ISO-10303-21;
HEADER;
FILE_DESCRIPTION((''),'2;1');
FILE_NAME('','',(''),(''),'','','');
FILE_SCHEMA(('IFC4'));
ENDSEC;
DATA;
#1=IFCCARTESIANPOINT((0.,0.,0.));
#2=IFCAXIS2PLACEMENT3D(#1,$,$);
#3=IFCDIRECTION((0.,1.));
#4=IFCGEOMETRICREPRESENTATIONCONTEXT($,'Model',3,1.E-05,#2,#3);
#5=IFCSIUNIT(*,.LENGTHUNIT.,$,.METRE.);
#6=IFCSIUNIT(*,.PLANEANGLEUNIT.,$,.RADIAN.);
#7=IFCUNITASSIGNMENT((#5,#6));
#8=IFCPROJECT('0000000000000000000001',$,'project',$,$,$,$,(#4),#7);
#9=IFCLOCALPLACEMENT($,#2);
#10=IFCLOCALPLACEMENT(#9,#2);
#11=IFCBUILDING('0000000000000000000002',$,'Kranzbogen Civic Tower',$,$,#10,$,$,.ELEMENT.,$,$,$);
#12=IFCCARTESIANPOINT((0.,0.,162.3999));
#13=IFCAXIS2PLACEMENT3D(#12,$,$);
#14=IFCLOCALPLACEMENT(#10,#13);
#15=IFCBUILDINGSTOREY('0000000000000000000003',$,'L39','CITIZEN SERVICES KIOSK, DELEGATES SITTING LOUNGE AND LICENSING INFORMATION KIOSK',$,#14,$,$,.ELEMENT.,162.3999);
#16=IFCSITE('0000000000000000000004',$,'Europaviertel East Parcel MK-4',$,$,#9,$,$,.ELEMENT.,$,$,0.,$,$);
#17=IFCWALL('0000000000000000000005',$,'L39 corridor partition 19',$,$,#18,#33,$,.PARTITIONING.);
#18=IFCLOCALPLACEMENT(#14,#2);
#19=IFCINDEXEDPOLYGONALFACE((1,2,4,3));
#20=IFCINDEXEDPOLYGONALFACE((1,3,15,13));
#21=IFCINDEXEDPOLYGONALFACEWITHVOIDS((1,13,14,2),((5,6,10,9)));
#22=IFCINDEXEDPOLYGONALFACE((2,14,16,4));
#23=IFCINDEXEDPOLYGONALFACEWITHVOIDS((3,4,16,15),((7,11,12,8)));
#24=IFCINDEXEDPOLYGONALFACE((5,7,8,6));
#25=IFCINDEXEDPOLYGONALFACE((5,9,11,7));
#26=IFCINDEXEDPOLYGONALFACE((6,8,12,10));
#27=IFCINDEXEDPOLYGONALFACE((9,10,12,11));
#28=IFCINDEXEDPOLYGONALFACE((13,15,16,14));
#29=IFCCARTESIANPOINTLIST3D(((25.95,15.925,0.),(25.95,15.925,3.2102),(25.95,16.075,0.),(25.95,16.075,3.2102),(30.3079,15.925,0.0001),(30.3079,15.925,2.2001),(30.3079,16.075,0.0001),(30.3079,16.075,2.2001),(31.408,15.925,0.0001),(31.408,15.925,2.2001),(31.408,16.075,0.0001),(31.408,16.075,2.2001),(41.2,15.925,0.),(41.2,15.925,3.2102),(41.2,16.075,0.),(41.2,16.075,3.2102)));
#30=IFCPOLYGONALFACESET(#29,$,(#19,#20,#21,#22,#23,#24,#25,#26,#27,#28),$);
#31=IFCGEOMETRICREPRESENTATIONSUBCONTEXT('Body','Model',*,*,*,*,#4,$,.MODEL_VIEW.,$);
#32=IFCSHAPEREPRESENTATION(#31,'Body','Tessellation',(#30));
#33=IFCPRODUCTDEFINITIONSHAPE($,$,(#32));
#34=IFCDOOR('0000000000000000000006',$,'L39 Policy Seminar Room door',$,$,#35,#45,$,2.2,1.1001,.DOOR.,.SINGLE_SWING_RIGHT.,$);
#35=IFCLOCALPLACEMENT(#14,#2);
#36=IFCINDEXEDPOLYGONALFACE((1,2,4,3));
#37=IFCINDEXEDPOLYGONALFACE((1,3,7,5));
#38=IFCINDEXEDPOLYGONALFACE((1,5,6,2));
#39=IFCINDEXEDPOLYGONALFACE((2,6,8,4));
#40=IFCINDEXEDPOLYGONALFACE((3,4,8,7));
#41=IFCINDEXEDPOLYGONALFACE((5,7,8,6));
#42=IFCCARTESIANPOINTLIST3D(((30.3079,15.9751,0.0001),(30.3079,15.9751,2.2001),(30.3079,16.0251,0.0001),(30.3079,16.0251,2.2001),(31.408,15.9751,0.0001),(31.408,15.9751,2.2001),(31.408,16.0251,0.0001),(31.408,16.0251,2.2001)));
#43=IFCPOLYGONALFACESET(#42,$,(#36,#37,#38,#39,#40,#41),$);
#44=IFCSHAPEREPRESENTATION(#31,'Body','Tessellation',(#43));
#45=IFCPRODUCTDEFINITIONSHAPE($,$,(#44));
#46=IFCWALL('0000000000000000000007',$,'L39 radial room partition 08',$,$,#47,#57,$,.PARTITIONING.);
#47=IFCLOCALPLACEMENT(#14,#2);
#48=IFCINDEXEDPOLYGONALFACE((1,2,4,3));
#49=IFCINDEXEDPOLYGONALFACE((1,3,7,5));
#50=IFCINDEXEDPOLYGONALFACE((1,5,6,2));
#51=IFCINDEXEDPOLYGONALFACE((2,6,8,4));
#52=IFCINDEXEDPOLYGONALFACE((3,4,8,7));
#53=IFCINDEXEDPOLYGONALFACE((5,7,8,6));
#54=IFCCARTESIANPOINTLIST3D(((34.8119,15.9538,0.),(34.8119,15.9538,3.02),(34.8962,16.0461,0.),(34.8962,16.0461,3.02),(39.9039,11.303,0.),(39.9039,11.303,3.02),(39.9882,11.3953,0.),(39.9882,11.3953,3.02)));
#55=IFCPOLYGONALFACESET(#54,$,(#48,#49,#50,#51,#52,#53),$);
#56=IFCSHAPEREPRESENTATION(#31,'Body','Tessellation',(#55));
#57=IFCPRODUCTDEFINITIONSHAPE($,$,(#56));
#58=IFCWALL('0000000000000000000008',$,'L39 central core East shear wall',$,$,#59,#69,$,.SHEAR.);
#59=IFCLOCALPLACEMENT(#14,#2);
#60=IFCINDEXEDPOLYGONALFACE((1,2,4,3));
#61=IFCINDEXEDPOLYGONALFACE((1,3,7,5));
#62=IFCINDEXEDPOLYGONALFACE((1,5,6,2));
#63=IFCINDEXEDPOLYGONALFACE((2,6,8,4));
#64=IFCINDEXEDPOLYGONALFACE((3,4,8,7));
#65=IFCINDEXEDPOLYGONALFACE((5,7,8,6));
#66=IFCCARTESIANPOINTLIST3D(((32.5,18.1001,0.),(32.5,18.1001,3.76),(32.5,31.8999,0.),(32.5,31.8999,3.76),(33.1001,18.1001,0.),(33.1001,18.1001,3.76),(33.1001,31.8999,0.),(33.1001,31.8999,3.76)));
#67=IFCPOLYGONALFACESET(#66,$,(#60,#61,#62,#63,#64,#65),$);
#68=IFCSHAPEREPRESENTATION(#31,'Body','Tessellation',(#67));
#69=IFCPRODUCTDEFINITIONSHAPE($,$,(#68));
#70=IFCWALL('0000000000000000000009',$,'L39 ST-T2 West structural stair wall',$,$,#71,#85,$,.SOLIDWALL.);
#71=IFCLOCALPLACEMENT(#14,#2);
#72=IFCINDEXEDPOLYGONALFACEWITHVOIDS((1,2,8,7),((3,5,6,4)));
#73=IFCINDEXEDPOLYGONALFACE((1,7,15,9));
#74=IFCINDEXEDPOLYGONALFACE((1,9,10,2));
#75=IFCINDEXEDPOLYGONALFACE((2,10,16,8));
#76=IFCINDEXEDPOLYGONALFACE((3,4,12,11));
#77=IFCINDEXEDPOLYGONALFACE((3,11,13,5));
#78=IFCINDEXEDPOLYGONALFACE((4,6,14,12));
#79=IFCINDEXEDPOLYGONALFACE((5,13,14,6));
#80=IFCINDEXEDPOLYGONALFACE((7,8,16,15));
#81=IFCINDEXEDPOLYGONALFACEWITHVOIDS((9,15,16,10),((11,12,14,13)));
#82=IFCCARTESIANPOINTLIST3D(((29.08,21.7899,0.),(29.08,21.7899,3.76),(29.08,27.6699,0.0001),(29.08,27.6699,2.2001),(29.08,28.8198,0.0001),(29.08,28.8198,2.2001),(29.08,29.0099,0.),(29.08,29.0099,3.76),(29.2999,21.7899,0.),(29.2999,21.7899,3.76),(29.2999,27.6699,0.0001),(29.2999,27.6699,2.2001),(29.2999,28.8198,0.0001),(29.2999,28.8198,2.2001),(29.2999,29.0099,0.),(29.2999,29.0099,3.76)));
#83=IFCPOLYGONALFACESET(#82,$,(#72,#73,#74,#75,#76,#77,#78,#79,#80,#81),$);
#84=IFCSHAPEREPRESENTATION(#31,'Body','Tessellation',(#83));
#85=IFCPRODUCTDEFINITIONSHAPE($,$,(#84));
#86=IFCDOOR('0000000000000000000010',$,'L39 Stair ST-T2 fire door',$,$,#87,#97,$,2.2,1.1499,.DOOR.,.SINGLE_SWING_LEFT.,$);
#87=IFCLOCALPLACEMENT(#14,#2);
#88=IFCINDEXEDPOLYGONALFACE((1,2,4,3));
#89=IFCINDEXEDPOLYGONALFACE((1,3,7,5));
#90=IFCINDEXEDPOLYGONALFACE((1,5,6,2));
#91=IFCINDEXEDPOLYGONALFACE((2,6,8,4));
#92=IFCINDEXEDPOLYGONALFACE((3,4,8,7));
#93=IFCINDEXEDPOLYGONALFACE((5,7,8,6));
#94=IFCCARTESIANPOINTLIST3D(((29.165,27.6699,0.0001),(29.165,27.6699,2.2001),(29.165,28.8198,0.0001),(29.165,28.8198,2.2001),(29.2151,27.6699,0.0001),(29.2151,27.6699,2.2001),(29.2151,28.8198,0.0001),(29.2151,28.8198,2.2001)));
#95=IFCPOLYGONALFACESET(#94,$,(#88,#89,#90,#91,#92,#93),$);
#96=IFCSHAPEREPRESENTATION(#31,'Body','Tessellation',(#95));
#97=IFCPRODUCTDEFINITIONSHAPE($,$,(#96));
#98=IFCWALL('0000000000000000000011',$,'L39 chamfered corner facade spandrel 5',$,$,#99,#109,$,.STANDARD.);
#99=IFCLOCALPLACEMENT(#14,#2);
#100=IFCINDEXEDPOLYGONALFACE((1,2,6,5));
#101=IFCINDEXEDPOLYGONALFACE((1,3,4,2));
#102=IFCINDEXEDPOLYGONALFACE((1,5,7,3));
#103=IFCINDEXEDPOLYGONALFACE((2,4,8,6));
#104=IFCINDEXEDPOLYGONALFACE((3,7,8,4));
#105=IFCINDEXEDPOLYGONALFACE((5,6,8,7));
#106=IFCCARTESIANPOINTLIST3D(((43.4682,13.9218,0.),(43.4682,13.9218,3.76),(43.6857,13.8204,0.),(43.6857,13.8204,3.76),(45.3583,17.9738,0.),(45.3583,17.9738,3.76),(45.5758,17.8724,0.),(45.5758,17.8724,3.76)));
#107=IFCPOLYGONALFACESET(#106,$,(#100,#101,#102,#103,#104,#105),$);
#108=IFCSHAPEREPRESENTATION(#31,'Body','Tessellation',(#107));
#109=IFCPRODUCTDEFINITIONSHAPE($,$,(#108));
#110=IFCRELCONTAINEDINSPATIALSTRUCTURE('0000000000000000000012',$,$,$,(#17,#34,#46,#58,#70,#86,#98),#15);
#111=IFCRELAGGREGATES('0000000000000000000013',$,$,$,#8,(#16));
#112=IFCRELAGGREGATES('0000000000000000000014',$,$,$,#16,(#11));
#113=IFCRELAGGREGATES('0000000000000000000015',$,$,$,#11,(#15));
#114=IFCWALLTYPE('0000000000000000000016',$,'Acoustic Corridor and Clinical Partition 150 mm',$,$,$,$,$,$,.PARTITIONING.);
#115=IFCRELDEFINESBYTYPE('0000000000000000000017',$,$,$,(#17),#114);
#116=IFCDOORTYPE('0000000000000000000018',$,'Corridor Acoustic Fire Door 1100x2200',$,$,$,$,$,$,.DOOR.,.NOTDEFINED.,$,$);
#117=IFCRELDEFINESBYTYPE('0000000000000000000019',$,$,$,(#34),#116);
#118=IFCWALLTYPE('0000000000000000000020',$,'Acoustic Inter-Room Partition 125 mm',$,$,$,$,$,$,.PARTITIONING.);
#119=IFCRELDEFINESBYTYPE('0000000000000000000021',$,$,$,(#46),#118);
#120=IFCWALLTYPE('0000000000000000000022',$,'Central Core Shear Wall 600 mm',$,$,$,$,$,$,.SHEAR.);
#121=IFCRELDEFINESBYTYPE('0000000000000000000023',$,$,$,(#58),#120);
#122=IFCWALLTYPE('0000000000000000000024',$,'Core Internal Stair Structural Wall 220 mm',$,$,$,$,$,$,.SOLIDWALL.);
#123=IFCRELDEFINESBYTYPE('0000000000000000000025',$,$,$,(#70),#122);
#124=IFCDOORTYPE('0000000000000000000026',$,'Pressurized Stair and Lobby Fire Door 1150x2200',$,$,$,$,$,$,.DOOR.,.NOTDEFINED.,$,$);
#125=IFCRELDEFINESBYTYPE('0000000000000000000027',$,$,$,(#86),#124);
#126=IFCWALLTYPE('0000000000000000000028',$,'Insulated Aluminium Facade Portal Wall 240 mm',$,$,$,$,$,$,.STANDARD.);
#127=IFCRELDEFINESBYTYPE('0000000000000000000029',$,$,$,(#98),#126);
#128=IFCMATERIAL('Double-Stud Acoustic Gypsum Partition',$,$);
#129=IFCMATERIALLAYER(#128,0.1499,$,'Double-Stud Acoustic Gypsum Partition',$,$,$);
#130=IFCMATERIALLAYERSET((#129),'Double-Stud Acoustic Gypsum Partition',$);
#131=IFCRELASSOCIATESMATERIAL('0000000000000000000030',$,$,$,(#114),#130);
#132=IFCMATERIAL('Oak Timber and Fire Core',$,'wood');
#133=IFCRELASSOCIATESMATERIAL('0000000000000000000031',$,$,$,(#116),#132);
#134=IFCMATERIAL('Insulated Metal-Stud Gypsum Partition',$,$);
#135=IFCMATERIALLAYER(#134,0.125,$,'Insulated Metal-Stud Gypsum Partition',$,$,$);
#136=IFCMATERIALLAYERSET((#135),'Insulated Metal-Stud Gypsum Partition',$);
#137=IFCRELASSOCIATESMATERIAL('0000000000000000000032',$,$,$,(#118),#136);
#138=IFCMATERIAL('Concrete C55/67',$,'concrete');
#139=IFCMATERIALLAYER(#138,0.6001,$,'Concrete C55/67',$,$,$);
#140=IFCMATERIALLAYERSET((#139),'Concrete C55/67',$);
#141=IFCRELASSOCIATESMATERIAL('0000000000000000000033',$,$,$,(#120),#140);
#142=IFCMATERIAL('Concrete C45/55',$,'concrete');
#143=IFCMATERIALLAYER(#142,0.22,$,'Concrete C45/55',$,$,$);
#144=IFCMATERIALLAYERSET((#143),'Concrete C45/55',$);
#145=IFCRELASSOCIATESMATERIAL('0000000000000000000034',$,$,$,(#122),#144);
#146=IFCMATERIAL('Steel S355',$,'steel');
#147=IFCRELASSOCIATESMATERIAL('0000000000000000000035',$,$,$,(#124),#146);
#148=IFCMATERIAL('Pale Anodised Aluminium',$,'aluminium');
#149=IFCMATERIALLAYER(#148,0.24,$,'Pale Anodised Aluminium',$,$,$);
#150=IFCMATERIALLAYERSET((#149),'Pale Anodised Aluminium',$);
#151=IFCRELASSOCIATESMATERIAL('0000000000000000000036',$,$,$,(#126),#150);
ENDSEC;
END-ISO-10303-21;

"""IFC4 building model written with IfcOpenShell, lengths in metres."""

from ifc_helpers import new_model, si_unit, direction, frame, frame_2d, origin, place, context, subcontext, project, spatial, rectangle, extrude, material, layer, layer_set, type_object, element, fill, save


model = new_model("IFC4")

# Units and contexts
model_context = context("Model", 3, precision=1e-05, world=origin(), true_north=direction((0.0, 1.0)))
body_context = subcontext(model_context, "Body", "Model", "MODEL_VIEW")
ifc_project = project(units=[si_unit("LENGTHUNIT", "METRE"), si_unit("PLANEANGLEUNIT", "RADIAN")], contexts=[model_context])

# Site, building, storey
site_placement = place(None, origin())
site = spatial("IfcSite", under=ifc_project, at=site_placement, Name="Europaviertel East Parcel MK-4", CompositionType="ELEMENT", RefElevation=0.0)
building_placement = place(site_placement, origin())
building = spatial("IfcBuilding", under=site, at=building_placement, Name="Kranzbogen Civic Tower", CompositionType="ELEMENT")
storey_placement = place(building_placement, frame((0.0, 0.0, 162.3999)))
storey = spatial("IfcBuildingStorey", under=building, at=storey_placement, Name="L39", Description="CITIZEN SERVICES KIOSK, DELEGATES SITTING LOUNGE AND LICENSING INFORMATION KIOSK", CompositionType="ELEMENT", Elevation=162.3999)

# Shared definitions
ifc_material_1 = material(Name="Steel S355", Category="steel")

# Shared definitions
ifc_material_2 = material(Name="Pale Anodised Aluminium", Category="aluminium")

# Shared definitions
ifc_material_3 = material(Name="Double-Stud Acoustic Gypsum Partition")
ifc_layer_1 = layer(ifc_material_3, 0.1499, Name="Double-Stud Acoustic Gypsum Partition")
ifc_layer_set_1 = layer_set([ifc_layer_1], Name="Double-Stud Acoustic Gypsum Partition")
wall_type_1 = type_object("IfcWallType", Name="Acoustic Corridor and Clinical Partition 150 mm", PredefinedType="PARTITIONING", material=ifc_layer_set_1)

# Wall, opening, door
wall_1_placement = place(storey_placement, frame((41.2, 16.0, 0.0), z_axis=(0.0, 0.0, 1.0), x_axis=(-1.0, 0.0, 0.0)))
wall_1 = element("IfcWall", 1, at=wall_1_placement, inside=storey, type_object=wall_type_1, Name="L39 corridor partition 19", PredefinedType="PARTITIONING", context=body_context, shape_type="SweptSolid", body=[
    extrude(rectangle(XDim=15.25, YDim=0.1499, at=frame_2d((7.625, 0.0))), origin(), (0.0, 0.0, 1.0), 3.2102),
])
opening_1_placement = place(wall_1_placement, frame((9.792, 0.0, 0.0)))
opening_1 = element("IfcOpeningElement", 2, at=opening_1_placement, cuts=wall_1, PredefinedType="OPENING", context=body_context, shape_type="SweptSolid", body=[
    extrude(rectangle(XDim=1.1001, YDim=2.2, at=frame_2d((0.55, 1.1001))), frame((0.0, 0.085, 0.0), z_axis=(0.0, -1.0, 0.0), x_axis=(1.0, 0.0, 0.0)), (0.0, 0.0, 1.0), 0.1699),
])
ifc_material_4 = material(Name="Oak Timber and Fire Core", Category="wood")
door_type_1 = type_object("IfcDoorType", Name="Corridor Acoustic Fire Door 1100x2200", OperationType="NOTDEFINED", PredefinedType="DOOR", material=ifc_material_4)
door_1_placement = place(opening_1_placement, origin())
door_1 = element("IfcDoor", 3, at=door_1_placement, inside=storey, type_object=door_type_1, Name="L39 Policy Seminar Room door", OperationType="SINGLE_SWING_RIGHT", OverallHeight=2.2, OverallWidth=1.1001, PredefinedType="DOOR", context=body_context, shape_type="SweptSolid", body=[
    extrude(rectangle(XDim=1.1001, YDim=2.2, at=frame_2d((0.55, 1.1001))), frame((0.0, 0.0249, 0.0), z_axis=(0.0, -1.0, 0.0), x_axis=(1.0, 0.0, 0.0)), (0.0, 0.0, 1.0), 0.05),
])
fill(opening_1, door_1)

# Walls
ifc_material_5 = material(Name="Insulated Metal-Stud Gypsum Partition")
ifc_layer_2 = layer(ifc_material_5, 0.125, Name="Insulated Metal-Stud Gypsum Partition")
ifc_layer_set_2 = layer_set([ifc_layer_2], Name="Insulated Metal-Stud Gypsum Partition")
wall_type_2 = type_object("IfcWallType", Name="Acoustic Inter-Room Partition 125 mm", PredefinedType="PARTITIONING", material=ifc_layer_set_2)
wall_2_placement = place(storey_placement, frame((34.854, 16.0, 0.0), z_axis=(0.0, 0.0, 1.0), x_axis=(0.738368, -0.674398, 0.0)))
element("IfcWall", 4, at=wall_2_placement, inside=storey, type_object=wall_type_2, Name="L39 radial room partition 08", PredefinedType="PARTITIONING", context=body_context, shape_type="SweptSolid", body=[
    extrude(rectangle(XDim=6.8962, YDim=0.125, at=frame_2d((3.4482, 0.0))), origin(), (0.0, 0.0, 1.0), 3.02),
])
ifc_material_6 = material(Name="Concrete C55/67", Category="concrete")
ifc_layer_3 = layer(ifc_material_6, 0.6001, Name="Concrete C55/67")
ifc_layer_set_3 = layer_set([ifc_layer_3], Name="Concrete C55/67")
wall_type_3 = type_object("IfcWallType", Name="Central Core Shear Wall 600 mm", PredefinedType="SHEAR", material=ifc_layer_set_3)
wall_3_placement = place(storey_placement, frame((32.8, 18.1001, 0.0), z_axis=(0.0, 0.0, 1.0), x_axis=(0.0, 1.0, 0.0)))
element("IfcWall", 5, at=wall_3_placement, inside=storey, type_object=wall_type_3, Name="L39 central core East shear wall", PredefinedType="SHEAR", context=body_context, shape_type="SweptSolid", body=[
    extrude(rectangle(XDim=13.7998, YDim=0.6001, at=frame_2d((6.8999, 0.0))), origin(), (0.0, 0.0, 1.0), 3.76),
])

# Wall, opening, door
ifc_material_7 = material(Name="Concrete C45/55", Category="concrete")
ifc_layer_4 = layer(ifc_material_7, 0.22, Name="Concrete C45/55")
ifc_layer_set_4 = layer_set([ifc_layer_4], Name="Concrete C45/55")
wall_type_4 = type_object("IfcWallType", Name="Core Internal Stair Structural Wall 220 mm", PredefinedType="SOLIDWALL", material=ifc_layer_set_4)
wall_4_placement = place(storey_placement, frame((29.1899, 21.79, 0.0), z_axis=(0.0, 0.0, 1.0), x_axis=(0.0, 1.0, 0.0)))
wall_4 = element("IfcWall", 6, at=wall_4_placement, inside=storey, type_object=wall_type_4, Name="L39 ST-T2 West structural stair wall", PredefinedType="SOLIDWALL", context=body_context, shape_type="SweptSolid", body=[
    extrude(rectangle(XDim=7.22, YDim=0.22, at=frame_2d((3.6099, 0.0))), origin(), (0.0, 0.0, 1.0), 3.76),
])
opening_2_placement = place(wall_4_placement, frame((5.8799, 0.0, 0.0)))
opening_2 = element("IfcOpeningElement", 7, at=opening_2_placement, cuts=wall_4, PredefinedType="OPENING", context=body_context, shape_type="SweptSolid", body=[
    extrude(rectangle(XDim=1.1499, YDim=2.2, at=frame_2d((0.575, 1.1001))), frame((0.0, 0.1201, 0.0), z_axis=(0.0, -1.0, 0.0), x_axis=(1.0, 0.0, 0.0)), (0.0, 0.0, 1.0), 0.24),
])
door_type_2 = type_object("IfcDoorType", Name="Pressurized Stair and Lobby Fire Door 1150x2200", OperationType="NOTDEFINED", PredefinedType="DOOR", material=ifc_material_1)
door_2_placement = place(opening_2_placement, origin())
door_2 = element("IfcDoor", 8, at=door_2_placement, inside=storey, type_object=door_type_2, Name="L39 Stair ST-T2 fire door", OperationType="SINGLE_SWING_LEFT", OverallHeight=2.2, OverallWidth=1.1499, PredefinedType="DOOR", context=body_context, shape_type="SweptSolid", body=[
    extrude(rectangle(XDim=1.1499, YDim=2.2, at=frame_2d((0.575, 1.1001))), frame((0.0, 0.0249, 0.0), z_axis=(0.0, -1.0, 0.0), x_axis=(1.0, 0.0, 0.0)), (0.0, 0.0, 1.0), 0.05),
])
fill(opening_2, door_2)

# Wall
ifc_layer_5 = layer(ifc_material_2, 0.24, Name="Pale Anodised Aluminium")
ifc_layer_set_5 = layer_set([ifc_layer_5], Name="Pale Anodised Aluminium")
wall_type_5 = type_object("IfcWallType", Name="Insulated Aluminium Facade Portal Wall 240 mm", PredefinedType="STANDARD", material=ifc_layer_set_5)
wall_5_placement = place(storey_placement, frame((43.5769, 13.8711, 0.0), z_axis=(0.0, 0.0, 1.0), x_axis=(0.422739, 0.906251, 0.0)))
element("IfcWall", 9, at=wall_5_placement, inside=storey, type_object=wall_type_5, Name="L39 chamfered corner facade spandrel 5", PredefinedType="STANDARD", context=body_context, shape_type="SweptSolid", body=[
    extrude(rectangle(XDim=4.4712, YDim=0.24, at=frame_2d((2.2356, 0.0))), origin(), (0.0, 0.0, 1.0), 3.76),
])

save(model, "model.ifc")
